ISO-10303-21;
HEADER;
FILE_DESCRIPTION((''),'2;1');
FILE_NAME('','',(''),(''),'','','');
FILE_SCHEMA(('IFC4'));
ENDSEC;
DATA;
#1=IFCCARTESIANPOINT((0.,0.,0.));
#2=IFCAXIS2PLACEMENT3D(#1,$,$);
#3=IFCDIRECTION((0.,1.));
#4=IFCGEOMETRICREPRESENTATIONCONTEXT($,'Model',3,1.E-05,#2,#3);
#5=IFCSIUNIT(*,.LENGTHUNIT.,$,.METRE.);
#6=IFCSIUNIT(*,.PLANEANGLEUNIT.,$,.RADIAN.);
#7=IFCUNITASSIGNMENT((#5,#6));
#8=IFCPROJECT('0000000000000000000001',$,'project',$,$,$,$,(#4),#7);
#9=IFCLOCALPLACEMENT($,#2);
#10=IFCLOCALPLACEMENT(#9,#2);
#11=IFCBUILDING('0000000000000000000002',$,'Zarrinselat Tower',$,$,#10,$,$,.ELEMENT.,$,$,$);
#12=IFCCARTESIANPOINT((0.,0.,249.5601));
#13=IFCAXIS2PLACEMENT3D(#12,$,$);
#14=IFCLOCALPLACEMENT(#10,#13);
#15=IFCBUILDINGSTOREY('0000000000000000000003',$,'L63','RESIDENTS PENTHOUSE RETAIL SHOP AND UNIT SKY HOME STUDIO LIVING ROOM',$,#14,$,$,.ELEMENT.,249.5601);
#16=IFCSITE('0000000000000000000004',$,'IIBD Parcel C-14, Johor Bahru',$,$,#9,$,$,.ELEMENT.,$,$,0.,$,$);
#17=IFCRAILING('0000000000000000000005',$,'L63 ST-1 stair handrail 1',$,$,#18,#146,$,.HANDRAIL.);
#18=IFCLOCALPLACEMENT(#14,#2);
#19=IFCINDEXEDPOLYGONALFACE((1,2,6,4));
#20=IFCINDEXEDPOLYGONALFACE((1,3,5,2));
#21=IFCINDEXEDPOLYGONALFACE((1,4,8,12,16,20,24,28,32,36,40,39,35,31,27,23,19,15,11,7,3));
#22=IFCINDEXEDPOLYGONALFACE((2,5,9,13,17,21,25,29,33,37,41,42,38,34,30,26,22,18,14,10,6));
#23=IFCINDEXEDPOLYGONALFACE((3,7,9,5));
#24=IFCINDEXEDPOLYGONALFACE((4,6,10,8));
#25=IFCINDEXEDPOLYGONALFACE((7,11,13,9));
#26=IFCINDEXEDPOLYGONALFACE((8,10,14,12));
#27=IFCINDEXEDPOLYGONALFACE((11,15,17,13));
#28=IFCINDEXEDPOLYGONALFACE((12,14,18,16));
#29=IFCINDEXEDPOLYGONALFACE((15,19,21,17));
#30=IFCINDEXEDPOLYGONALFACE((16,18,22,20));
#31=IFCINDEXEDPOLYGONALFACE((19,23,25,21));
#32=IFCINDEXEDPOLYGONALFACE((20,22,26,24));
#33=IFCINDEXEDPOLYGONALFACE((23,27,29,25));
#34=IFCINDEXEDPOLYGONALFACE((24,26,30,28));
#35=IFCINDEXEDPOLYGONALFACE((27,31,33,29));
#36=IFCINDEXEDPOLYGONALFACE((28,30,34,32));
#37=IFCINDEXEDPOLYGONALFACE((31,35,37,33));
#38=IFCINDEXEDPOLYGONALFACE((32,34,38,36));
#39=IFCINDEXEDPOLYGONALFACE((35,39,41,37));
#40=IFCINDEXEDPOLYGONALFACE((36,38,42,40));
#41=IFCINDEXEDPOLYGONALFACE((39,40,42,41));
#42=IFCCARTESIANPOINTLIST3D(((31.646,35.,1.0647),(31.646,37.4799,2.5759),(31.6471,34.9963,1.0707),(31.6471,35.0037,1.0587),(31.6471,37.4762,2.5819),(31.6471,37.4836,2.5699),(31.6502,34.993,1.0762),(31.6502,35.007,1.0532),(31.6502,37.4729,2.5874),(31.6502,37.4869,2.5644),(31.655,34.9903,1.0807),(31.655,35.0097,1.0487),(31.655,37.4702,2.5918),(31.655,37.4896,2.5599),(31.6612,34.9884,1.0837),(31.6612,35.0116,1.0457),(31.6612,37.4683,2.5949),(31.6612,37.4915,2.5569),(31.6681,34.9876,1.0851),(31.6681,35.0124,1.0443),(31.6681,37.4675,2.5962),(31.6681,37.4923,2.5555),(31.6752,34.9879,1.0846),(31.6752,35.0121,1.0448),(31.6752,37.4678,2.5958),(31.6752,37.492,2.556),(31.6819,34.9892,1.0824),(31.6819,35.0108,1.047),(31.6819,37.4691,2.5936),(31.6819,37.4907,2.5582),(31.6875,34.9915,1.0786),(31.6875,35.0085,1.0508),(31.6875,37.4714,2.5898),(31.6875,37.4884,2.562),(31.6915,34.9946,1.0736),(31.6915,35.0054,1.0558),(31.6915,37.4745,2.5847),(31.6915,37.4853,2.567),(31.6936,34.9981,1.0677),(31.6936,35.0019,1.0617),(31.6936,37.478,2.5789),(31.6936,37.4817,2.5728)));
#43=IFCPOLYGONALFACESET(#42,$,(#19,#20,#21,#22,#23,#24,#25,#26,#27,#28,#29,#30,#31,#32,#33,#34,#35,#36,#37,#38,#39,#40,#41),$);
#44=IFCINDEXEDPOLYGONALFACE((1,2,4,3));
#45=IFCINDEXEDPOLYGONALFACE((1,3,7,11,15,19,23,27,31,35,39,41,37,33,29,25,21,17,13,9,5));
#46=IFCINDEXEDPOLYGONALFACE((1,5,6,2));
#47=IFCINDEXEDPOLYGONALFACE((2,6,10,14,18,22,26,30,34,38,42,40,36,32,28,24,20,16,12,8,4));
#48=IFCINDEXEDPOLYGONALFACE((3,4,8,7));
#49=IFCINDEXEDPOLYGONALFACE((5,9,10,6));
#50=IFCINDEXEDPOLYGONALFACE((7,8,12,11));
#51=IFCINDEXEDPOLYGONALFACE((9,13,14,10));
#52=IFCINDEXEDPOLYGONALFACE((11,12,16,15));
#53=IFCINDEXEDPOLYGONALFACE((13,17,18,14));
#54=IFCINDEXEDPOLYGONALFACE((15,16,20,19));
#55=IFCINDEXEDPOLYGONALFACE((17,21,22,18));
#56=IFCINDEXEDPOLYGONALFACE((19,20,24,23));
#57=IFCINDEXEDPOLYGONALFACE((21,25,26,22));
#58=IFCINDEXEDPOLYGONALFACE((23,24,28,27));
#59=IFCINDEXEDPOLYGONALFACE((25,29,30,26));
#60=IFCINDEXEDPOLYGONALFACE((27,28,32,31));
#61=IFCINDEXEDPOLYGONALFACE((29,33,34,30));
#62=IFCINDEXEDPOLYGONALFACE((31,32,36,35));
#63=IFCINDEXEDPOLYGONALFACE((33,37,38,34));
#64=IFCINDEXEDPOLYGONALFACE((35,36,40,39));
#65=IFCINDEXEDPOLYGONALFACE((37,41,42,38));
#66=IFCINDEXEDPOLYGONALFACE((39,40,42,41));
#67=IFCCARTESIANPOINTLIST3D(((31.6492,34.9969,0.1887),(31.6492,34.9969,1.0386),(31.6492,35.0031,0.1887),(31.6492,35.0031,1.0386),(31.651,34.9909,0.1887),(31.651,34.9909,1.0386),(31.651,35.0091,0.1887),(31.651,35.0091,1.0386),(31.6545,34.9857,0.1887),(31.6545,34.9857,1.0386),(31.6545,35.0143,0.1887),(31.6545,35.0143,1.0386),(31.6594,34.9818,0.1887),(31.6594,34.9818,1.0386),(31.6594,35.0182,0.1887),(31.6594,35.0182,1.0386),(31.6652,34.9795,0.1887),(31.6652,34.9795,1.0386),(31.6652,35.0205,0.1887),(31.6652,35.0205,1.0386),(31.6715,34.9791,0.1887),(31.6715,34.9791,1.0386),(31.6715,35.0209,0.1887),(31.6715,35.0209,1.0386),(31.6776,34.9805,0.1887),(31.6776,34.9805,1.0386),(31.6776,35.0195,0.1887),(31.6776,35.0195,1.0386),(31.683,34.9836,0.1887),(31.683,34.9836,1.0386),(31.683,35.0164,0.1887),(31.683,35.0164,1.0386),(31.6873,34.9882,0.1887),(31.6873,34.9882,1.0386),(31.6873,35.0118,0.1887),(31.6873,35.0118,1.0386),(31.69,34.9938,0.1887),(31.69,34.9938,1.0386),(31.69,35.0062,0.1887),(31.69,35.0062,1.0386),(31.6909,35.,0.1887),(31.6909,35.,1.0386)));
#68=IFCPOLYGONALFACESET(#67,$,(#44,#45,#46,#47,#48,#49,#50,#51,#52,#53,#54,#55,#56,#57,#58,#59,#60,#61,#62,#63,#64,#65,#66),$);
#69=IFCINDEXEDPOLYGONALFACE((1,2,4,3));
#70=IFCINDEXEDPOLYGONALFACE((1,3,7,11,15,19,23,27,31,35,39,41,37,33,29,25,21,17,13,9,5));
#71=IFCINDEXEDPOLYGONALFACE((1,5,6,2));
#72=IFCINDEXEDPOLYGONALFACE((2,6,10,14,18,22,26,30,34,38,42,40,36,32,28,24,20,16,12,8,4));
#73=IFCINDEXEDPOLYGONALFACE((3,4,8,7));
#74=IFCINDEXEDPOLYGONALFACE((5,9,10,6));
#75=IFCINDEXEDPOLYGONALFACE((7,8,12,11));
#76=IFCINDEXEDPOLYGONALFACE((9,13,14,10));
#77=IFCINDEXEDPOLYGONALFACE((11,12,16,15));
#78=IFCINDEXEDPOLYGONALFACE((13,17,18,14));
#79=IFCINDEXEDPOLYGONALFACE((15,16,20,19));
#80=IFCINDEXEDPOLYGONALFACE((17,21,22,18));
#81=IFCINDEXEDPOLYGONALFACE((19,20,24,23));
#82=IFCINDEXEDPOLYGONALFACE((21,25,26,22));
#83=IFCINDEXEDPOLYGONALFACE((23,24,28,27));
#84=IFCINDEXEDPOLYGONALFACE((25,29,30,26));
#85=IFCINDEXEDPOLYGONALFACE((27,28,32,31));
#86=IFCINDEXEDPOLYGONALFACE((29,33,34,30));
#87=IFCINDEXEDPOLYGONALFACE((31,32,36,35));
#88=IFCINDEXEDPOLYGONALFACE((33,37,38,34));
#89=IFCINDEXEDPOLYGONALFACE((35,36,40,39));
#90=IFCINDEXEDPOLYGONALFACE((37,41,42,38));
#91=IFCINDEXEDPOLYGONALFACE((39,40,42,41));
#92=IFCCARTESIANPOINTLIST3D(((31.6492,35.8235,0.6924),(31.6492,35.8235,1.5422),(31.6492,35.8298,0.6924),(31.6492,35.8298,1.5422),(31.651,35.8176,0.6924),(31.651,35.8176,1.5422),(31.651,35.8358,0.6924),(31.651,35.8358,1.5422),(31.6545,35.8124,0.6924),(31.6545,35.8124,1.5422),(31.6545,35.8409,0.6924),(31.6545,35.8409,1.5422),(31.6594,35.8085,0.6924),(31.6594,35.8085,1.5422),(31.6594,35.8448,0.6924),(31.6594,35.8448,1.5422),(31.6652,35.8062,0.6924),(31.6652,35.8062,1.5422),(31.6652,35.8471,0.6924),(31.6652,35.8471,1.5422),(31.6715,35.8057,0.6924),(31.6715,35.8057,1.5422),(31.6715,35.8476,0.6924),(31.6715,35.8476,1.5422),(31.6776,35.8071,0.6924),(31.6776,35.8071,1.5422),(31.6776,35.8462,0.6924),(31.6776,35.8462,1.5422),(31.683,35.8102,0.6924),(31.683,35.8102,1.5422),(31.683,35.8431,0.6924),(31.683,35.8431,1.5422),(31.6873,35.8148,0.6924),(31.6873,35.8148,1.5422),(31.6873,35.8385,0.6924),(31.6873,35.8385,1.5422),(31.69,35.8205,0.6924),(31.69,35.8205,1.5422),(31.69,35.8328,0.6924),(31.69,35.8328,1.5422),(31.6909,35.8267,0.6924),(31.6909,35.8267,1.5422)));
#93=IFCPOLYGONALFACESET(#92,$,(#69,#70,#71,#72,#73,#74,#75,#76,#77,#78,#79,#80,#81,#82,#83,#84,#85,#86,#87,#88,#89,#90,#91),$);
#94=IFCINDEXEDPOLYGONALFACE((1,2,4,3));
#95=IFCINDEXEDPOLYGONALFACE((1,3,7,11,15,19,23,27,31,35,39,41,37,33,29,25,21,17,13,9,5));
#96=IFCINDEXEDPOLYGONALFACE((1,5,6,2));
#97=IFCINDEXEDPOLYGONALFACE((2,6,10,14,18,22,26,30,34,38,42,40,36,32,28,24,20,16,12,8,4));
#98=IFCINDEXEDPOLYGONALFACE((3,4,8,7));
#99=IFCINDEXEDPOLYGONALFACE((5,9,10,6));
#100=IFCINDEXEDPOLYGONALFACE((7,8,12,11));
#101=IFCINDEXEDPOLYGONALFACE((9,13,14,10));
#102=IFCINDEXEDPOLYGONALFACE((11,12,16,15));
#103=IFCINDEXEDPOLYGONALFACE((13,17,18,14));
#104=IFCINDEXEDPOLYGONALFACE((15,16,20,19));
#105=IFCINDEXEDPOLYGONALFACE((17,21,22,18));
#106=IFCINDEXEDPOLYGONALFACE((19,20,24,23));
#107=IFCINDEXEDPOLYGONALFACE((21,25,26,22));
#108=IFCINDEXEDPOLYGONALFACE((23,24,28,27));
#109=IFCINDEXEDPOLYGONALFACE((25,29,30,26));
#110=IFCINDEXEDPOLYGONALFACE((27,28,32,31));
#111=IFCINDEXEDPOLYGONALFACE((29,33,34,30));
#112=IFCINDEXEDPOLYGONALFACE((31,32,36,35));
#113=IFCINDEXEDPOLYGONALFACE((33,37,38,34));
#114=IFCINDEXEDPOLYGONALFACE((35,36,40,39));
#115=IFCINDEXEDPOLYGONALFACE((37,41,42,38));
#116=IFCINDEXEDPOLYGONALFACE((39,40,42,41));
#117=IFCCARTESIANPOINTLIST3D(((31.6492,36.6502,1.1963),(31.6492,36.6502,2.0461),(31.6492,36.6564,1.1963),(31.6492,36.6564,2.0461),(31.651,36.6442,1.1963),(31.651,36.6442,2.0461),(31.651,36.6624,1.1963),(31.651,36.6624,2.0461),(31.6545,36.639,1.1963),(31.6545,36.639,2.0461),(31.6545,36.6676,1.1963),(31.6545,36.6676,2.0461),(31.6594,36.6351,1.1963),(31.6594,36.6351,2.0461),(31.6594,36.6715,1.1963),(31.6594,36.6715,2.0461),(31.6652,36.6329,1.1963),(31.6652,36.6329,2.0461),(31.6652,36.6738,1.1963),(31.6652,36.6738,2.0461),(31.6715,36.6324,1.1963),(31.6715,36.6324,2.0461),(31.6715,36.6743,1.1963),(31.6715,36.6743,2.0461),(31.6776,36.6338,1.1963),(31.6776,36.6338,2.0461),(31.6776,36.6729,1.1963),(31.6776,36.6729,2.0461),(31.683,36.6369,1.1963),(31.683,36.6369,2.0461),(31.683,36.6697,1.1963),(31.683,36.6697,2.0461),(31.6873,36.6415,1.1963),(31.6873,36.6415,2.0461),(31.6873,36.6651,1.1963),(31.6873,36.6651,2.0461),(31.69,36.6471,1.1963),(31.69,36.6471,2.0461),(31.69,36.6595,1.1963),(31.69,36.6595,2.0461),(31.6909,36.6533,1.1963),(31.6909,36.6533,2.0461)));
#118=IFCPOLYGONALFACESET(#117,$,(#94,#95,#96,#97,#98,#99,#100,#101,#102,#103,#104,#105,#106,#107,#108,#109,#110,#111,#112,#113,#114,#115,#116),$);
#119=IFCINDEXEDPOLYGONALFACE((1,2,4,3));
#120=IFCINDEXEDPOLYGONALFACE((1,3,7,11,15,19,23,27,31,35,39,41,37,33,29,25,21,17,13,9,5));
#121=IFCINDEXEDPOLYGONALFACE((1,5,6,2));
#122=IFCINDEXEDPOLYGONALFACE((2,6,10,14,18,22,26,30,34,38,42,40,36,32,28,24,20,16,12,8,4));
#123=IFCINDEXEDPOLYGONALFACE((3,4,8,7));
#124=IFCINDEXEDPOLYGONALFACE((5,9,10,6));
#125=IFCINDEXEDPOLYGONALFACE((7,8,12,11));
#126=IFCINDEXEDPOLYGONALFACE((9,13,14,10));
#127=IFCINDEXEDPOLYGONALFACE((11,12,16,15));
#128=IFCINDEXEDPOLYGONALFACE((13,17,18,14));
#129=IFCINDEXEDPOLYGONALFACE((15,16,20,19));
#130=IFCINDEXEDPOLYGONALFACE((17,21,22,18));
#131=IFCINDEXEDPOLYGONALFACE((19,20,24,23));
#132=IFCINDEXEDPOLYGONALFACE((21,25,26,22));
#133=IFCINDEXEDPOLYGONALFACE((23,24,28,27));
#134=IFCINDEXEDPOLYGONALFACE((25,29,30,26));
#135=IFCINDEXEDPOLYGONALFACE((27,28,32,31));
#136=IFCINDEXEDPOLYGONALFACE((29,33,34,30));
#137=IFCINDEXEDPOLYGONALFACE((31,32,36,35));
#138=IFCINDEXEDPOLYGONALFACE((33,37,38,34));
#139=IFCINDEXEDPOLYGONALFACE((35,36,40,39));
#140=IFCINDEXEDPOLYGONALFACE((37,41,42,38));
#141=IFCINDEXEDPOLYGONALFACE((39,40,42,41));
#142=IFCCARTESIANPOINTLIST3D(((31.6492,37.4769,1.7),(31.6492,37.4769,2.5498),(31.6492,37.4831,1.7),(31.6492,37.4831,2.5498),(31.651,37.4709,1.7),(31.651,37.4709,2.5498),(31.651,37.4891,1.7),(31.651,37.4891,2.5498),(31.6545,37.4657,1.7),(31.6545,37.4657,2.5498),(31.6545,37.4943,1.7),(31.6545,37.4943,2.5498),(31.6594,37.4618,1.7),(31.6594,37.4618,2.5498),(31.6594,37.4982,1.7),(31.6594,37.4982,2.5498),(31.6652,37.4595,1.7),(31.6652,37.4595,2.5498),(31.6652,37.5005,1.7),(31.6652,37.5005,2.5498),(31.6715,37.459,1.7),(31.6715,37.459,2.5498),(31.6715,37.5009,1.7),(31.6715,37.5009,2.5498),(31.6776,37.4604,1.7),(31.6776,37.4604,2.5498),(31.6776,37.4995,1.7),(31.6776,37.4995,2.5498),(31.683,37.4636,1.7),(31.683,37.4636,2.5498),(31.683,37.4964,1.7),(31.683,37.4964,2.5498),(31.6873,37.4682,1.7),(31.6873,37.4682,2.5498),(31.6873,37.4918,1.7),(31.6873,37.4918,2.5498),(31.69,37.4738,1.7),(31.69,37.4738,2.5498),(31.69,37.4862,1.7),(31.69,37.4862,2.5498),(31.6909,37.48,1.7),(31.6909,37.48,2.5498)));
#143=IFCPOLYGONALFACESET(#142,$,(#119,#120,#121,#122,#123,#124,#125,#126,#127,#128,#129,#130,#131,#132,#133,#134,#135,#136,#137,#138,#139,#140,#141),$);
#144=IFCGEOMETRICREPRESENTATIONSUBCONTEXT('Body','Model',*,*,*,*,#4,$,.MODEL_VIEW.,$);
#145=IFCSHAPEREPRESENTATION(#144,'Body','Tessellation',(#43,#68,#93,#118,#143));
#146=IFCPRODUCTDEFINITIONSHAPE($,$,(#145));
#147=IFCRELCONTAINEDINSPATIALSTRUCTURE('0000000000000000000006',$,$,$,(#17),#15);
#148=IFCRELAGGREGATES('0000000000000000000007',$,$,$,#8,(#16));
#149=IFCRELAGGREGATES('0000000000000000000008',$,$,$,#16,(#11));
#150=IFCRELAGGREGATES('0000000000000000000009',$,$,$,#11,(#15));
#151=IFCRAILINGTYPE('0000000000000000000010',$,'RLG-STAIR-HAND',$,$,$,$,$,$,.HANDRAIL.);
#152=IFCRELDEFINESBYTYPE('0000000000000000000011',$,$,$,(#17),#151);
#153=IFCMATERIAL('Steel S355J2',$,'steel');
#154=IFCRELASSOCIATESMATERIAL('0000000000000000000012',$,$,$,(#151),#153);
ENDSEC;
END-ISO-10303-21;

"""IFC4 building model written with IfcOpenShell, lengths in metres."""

from ifc_helpers import new_model, si_unit, direction, frame, origin, origin_2d, place, context, subcontext, project, spatial, circle, extrude, material, type_object, element, save


model = new_model("IFC4")

# Units and contexts
model_context = context("Model", 3, precision=1e-05, world=origin(), true_north=direction((0.0, 1.0)))
body_context = subcontext(model_context, "Body", "Model", "MODEL_VIEW")
ifc_project = project(units=[si_unit("LENGTHUNIT", "METRE"), si_unit("PLANEANGLEUNIT", "RADIAN")], contexts=[model_context])

# Site, building, storey
site_placement = place(None, origin())
site = spatial("IfcSite", under=ifc_project, at=site_placement, Name="IIBD Parcel C-14, Johor Bahru", CompositionType="ELEMENT", RefElevation=0.0)
building_placement = place(site_placement, origin())
building = spatial("IfcBuilding", under=site, at=building_placement, Name="Zarrinselat Tower", CompositionType="ELEMENT")
storey_placement = place(building_placement, frame((0.0, 0.0, 249.5601)))
storey = spatial("IfcBuildingStorey", under=building, at=storey_placement, Name="L63", Description="RESIDENTS PENTHOUSE RETAIL SHOP AND UNIT SKY HOME STUDIO LIVING ROOM", CompositionType="ELEMENT", Elevation=249.5601)

# Railing
ifc_material_1 = material(Name="Steel S355J2", Category="steel")
railing_type_1 = type_object("IfcRailingType", Name="RLG-STAIR-HAND", PredefinedType="HANDRAIL", material=ifc_material_1)
railing_1_placement = place(storey_placement, frame((31.6699, 35.0, 0.1887)))
element("IfcRailing", 1, at=railing_1_placement, inside=storey, type_object=railing_type_1, Name="L63 ST-1 stair handrail 1", PredefinedType="HANDRAIL", context=body_context, shape_type="SweptSolid", body=[
    extrude(circle(Radius=0.0239, at=origin_2d()), frame((0.0, 0.0, 0.876), z_axis=(0.0, 0.853942, 0.520368), x_axis=(-1.0, 0.0, 0.0)), (0.0, 0.0, 1.0), 2.9041),
    extrude(circle(Radius=0.021, at=origin_2d()), origin(), (0.0, 0.0, 1.0), 0.8499),
    extrude(circle(Radius=0.021, at=origin_2d()), frame((0.0, 0.8267, 0.5037)), (0.0, 0.0, 1.0), 0.8499),
    extrude(circle(Radius=0.021, at=origin_2d()), frame((0.0, 1.6533, 1.0076)), (0.0, 0.0, 1.0), 0.8499),
    extrude(circle(Radius=0.021, at=origin_2d()), frame((0.0, 2.48, 1.5112)), (0.0, 0.0, 1.0), 0.8499),
])

save(model, "model.ifc")
